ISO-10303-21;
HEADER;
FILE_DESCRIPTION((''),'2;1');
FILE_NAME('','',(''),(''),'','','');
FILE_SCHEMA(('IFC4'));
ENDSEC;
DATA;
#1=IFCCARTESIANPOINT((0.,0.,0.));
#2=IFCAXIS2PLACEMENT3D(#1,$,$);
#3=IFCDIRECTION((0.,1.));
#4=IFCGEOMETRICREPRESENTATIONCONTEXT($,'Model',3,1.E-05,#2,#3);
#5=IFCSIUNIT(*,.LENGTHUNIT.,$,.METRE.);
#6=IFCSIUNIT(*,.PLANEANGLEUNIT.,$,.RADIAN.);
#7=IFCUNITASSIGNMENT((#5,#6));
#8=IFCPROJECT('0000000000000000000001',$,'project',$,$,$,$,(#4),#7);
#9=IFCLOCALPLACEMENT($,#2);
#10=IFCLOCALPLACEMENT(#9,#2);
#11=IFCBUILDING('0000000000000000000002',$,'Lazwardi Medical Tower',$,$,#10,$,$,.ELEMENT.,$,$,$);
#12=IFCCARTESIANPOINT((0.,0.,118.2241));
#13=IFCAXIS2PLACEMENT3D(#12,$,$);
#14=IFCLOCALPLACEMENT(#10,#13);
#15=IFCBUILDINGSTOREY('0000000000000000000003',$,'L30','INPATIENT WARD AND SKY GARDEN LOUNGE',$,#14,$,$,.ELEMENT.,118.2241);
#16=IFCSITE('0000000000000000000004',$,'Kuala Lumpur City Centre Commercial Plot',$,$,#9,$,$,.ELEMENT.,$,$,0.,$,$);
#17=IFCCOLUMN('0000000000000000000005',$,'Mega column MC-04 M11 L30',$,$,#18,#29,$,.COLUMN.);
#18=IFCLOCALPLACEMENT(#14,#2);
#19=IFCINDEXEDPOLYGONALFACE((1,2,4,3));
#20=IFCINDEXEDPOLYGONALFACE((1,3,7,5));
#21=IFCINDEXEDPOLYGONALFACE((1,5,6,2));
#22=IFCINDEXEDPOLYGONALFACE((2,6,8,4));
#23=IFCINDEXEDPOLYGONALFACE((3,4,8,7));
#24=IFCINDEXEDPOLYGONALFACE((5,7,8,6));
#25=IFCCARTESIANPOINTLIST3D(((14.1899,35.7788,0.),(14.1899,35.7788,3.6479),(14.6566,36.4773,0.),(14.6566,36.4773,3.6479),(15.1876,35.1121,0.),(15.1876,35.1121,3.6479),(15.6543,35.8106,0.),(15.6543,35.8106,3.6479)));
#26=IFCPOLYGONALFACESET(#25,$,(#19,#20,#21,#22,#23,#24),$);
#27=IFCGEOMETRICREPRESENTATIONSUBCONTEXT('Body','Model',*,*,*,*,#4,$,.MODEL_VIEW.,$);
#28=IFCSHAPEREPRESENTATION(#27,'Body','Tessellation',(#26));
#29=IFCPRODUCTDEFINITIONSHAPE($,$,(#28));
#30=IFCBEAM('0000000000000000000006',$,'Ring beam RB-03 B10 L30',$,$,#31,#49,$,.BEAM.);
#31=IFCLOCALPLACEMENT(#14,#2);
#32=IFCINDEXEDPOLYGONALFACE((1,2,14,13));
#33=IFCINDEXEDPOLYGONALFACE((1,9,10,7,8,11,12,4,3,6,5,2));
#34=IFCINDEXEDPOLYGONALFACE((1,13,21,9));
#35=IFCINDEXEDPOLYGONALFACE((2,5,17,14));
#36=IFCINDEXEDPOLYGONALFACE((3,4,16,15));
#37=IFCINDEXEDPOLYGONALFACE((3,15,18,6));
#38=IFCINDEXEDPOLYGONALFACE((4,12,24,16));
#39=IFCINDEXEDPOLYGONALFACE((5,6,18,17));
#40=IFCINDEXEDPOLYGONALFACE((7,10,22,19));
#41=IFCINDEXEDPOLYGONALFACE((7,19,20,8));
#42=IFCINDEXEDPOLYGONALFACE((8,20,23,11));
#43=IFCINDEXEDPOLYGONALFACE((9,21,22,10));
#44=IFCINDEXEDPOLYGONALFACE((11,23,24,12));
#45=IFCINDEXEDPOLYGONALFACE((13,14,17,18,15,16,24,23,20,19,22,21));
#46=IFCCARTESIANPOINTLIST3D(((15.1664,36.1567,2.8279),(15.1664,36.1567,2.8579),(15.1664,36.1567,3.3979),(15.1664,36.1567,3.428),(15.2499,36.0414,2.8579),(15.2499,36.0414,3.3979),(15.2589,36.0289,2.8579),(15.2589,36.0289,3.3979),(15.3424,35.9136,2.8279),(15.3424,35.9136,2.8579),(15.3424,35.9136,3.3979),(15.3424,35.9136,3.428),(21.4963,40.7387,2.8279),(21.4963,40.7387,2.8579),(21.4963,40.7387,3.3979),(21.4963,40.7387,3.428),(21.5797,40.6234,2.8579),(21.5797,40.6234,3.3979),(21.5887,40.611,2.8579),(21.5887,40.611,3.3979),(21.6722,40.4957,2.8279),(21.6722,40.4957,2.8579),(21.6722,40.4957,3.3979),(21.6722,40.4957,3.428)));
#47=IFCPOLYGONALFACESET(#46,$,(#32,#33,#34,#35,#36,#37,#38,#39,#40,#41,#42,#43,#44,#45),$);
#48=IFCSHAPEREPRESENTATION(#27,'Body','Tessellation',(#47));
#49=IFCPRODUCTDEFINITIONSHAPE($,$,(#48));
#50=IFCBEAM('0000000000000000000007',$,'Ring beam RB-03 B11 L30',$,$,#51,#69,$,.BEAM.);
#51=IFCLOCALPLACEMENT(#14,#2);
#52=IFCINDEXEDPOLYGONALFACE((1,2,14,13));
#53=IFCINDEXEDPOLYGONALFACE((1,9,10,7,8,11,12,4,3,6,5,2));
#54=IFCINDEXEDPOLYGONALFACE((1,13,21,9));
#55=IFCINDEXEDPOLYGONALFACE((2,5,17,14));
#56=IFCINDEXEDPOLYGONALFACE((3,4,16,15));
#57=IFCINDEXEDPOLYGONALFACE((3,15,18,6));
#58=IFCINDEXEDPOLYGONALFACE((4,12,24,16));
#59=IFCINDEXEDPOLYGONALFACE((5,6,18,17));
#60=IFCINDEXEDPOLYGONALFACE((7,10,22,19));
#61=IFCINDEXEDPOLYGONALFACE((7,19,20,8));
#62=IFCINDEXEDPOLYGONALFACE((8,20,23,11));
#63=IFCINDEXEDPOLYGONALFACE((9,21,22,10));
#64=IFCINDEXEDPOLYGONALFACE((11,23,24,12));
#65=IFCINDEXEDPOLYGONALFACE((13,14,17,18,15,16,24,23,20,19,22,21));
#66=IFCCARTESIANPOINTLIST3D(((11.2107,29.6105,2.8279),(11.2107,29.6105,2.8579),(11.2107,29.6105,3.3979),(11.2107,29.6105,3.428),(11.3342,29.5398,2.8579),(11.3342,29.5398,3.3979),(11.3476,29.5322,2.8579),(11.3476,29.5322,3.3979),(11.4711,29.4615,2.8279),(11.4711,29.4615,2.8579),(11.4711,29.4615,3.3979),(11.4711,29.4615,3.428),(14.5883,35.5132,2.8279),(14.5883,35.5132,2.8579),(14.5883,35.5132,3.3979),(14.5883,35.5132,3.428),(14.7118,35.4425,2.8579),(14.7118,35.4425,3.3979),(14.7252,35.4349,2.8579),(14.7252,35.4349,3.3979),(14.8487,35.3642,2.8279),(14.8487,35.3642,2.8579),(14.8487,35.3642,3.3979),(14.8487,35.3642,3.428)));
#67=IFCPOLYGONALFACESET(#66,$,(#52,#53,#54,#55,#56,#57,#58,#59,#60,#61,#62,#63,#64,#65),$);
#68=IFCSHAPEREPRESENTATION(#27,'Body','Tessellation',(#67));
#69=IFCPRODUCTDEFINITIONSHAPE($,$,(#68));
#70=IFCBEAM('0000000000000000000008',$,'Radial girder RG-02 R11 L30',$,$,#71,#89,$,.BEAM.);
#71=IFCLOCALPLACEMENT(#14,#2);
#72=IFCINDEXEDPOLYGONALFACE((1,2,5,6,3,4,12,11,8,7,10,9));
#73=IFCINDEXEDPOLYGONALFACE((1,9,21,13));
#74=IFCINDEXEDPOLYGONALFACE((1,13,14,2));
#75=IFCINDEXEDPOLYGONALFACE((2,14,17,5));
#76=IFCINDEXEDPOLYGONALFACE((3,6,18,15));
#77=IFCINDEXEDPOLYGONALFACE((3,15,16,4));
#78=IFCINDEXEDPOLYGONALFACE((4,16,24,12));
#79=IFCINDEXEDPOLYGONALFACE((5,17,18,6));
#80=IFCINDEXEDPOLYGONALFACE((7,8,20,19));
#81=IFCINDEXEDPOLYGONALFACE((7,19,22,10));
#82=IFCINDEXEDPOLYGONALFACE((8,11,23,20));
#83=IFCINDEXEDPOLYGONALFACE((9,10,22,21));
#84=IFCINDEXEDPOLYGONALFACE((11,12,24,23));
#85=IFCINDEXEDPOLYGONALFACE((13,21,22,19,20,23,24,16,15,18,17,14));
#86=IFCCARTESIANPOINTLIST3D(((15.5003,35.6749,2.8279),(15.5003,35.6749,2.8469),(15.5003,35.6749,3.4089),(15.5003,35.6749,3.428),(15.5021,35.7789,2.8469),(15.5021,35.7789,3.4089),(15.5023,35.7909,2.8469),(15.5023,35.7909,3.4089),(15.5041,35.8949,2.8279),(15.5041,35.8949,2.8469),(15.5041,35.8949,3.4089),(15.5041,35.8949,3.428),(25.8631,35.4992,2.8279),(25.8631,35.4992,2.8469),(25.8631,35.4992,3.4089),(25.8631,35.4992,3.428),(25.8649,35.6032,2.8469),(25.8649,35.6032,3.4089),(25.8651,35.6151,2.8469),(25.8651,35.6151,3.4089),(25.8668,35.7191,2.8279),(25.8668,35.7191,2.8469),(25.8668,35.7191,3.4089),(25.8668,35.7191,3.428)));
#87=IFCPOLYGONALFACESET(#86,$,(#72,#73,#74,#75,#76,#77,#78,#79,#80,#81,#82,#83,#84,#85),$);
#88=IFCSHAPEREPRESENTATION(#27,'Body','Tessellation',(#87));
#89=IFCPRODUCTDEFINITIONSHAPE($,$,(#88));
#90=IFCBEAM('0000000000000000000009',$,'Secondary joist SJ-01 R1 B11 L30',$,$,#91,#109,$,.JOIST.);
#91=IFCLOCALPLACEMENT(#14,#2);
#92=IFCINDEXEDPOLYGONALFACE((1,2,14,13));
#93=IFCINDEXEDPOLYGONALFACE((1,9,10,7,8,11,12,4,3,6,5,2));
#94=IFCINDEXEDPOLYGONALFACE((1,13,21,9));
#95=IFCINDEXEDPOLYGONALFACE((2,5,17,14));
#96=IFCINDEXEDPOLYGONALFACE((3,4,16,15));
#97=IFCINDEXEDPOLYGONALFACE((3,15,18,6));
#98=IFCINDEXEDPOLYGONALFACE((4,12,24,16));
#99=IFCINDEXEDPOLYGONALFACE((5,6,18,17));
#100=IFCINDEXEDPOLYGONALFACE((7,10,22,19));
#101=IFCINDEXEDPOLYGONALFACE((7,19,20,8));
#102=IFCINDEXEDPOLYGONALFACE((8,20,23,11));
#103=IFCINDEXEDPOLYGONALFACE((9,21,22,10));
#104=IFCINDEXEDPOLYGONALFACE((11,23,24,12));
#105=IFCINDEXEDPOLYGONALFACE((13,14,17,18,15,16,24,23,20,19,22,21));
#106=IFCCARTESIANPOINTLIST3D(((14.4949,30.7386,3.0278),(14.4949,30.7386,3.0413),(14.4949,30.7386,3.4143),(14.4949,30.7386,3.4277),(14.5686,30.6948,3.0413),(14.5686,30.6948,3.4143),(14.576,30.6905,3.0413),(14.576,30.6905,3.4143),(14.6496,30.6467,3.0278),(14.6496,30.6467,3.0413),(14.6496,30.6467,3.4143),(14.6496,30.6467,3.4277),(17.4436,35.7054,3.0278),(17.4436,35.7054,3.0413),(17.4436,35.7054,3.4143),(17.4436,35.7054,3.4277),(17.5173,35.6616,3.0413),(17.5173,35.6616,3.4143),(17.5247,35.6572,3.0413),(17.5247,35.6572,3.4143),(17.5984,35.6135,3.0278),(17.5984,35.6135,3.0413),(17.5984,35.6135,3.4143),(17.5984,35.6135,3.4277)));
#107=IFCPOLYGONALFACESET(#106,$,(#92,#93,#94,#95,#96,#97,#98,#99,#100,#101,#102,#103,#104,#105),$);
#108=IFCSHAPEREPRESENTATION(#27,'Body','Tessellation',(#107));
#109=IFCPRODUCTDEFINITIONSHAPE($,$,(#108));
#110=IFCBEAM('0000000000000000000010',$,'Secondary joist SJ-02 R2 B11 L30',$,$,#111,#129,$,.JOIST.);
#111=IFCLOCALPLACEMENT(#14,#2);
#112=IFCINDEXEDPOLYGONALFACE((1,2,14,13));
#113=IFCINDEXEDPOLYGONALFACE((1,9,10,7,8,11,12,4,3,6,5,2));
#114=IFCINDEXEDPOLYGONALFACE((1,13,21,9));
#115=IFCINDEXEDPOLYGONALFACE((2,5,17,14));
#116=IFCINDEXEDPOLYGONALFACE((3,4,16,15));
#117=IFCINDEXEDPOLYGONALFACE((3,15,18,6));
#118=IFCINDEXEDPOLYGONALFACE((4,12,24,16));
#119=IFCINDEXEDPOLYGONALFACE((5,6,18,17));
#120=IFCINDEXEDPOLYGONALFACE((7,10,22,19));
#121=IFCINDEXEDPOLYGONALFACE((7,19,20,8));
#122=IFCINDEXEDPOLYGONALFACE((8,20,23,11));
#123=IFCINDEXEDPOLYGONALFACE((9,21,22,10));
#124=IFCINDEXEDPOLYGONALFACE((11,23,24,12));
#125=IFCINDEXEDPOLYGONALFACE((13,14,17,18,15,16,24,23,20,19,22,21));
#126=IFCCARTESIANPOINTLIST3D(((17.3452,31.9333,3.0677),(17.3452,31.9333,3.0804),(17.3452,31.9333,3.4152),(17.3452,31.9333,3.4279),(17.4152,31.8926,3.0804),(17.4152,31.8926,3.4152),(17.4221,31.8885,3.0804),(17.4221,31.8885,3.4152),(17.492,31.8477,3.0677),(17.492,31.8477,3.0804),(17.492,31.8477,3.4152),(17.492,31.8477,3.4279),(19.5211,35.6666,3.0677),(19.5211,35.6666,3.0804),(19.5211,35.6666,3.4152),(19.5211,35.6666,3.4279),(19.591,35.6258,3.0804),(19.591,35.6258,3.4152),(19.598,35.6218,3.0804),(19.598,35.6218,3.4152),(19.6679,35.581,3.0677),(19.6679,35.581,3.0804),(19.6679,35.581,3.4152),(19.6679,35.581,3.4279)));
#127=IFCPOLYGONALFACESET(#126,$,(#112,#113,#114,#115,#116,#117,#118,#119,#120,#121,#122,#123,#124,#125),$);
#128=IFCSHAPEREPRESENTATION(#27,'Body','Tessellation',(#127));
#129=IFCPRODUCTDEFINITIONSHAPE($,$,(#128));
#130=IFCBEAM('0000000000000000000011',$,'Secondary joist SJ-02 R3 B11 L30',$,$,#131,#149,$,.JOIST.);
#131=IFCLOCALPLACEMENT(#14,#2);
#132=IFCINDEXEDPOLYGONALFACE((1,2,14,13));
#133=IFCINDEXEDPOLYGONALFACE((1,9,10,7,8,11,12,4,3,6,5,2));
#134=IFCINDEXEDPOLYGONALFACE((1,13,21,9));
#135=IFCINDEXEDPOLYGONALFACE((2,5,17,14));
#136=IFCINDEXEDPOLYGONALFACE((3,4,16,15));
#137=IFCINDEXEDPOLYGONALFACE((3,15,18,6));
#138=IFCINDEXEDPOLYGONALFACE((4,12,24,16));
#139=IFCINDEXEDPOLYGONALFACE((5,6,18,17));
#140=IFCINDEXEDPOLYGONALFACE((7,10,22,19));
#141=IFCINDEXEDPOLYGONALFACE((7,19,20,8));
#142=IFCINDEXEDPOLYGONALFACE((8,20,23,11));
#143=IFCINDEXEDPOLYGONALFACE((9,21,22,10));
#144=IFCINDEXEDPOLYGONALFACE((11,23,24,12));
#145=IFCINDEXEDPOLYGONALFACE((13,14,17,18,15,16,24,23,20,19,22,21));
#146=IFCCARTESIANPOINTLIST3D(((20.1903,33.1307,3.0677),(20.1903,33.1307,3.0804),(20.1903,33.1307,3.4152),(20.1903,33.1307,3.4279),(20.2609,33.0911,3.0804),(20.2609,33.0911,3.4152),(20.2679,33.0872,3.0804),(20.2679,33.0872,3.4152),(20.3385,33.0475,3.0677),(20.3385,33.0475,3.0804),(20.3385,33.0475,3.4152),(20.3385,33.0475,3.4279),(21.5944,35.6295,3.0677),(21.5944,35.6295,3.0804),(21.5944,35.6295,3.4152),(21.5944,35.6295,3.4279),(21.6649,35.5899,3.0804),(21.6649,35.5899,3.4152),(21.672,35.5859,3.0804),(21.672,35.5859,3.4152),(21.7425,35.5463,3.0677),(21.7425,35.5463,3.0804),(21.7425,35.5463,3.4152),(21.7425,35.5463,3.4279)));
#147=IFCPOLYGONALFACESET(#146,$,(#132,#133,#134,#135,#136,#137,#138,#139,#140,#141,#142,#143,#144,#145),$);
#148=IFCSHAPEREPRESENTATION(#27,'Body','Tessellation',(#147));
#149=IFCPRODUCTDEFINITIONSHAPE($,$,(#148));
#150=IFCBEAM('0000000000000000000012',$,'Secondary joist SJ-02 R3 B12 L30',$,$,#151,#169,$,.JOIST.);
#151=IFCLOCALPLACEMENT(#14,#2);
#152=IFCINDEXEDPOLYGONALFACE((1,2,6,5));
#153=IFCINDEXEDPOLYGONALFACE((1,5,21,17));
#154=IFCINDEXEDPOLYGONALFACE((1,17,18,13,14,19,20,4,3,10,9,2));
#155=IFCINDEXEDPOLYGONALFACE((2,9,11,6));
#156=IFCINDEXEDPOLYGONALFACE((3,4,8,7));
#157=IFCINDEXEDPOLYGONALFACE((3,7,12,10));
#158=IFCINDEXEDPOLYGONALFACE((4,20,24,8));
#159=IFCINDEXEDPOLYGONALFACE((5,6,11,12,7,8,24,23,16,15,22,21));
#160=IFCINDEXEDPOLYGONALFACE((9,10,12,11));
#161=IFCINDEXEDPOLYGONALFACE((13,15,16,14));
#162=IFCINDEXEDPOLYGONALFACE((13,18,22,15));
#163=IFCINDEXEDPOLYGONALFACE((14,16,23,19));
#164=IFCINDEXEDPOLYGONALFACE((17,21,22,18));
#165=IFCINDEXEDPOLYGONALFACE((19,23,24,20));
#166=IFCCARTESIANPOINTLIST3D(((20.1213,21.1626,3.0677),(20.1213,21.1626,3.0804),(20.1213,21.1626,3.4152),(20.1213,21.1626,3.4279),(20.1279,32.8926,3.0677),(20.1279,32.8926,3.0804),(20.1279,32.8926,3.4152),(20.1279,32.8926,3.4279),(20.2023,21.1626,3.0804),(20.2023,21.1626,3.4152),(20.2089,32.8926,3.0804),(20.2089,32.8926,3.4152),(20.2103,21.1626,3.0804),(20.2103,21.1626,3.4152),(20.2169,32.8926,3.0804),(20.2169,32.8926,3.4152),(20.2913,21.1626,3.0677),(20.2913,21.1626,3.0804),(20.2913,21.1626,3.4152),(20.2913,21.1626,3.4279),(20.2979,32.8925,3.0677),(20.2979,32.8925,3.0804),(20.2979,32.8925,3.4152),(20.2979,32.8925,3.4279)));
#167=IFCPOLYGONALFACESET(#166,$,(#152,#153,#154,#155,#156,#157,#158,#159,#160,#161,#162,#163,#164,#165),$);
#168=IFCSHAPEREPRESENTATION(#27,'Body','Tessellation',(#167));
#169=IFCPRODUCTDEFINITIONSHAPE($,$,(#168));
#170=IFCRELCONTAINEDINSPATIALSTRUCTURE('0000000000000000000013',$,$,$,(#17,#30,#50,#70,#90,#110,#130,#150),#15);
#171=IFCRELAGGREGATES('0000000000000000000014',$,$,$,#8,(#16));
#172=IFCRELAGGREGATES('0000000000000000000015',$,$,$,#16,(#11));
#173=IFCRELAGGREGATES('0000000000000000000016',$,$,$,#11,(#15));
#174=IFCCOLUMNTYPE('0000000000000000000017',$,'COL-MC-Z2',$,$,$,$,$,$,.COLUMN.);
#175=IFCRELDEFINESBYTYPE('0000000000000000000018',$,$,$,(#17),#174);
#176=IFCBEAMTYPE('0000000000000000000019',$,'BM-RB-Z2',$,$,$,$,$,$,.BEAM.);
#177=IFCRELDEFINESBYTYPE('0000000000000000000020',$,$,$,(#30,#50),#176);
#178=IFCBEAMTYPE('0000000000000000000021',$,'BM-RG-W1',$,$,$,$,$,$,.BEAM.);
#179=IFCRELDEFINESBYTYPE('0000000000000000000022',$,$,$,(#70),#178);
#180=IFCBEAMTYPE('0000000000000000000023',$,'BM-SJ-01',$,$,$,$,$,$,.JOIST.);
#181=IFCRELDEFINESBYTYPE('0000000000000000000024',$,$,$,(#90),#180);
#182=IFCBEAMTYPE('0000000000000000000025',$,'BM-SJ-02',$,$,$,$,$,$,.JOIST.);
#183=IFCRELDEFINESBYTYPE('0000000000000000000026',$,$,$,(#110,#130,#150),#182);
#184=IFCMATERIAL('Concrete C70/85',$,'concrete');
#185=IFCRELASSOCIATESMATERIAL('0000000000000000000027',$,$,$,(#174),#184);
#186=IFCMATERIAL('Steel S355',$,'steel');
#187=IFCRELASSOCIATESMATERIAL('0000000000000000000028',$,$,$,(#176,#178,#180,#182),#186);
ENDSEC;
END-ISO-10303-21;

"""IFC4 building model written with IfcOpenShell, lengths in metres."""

from ifc_helpers import new_model, si_unit, direction, frame, origin, origin_2d, place, context, subcontext, project, spatial, rectangle, i_section, extrude, material, material_profile, profile_set, type_object, element, save


model = new_model("IFC4")

# Units and contexts
model_context = context("Model", 3, precision=1e-05, world=origin(), true_north=direction((0.0, 1.0)))
body_context = subcontext(model_context, "Body", "Model", "MODEL_VIEW")
ifc_project = project(units=[si_unit("LENGTHUNIT", "METRE"), si_unit("PLANEANGLEUNIT", "RADIAN")], contexts=[model_context])

# Site, building, storey
site_placement = place(None, origin())
site = spatial("IfcSite", under=ifc_project, at=site_placement, Name="Kuala Lumpur City Centre Commercial Plot", CompositionType="ELEMENT", RefElevation=0.0)
building_placement = place(site_placement, origin())
building = spatial("IfcBuilding", under=site, at=building_placement, Name="Lazwardi Medical Tower", CompositionType="ELEMENT")
storey_placement = place(building_placement, frame((0.0, 0.0, 118.2241)))
storey = spatial("IfcBuildingStorey", under=building, at=storey_placement, Name="L30", Description="INPATIENT WARD AND SKY GARDEN LOUNGE", CompositionType="ELEMENT", Elevation=118.2241)

# Column
ifc_material_1 = material(Name="Concrete C70/85", Category="concrete")
ifc_material_profile_1 = material_profile(ifc_material_1, rectangle(XDim=1.2, YDim=0.8401, at=origin_2d()), Name="CFT-RECT 1200x840")
ifc_profile_set_1 = profile_set([ifc_material_profile_1], Name="Concrete C70/85")
column_type = type_object("IfcColumnType", Name="COL-MC-Z2", PredefinedType="COLUMN", material=ifc_profile_set_1)
column_placement = place(storey_placement, frame((14.9221, 35.7947, 0.0), z_axis=(0.0, 0.0, 1.0), x_axis=(-0.83147, 0.55557, 0.0)))
element("IfcColumn", 1, at=column_placement, inside=storey, type_object=column_type, Name="Mega column MC-04 M11 L30", PredefinedType="COLUMN", context=body_context, shape_type="SweptSolid", body=[
    extrude(rectangle(XDim=1.2, YDim=0.8401, at=origin_2d()), origin(), (0.0, 0.0, 1.0), 3.6479),
])

# Beams
ifc_material_2 = material(Name="Steel S355", Category="steel")
ifc_material_profile_2 = material_profile(ifc_material_2, i_section(OverallWidth=0.3, OverallDepth=0.6001, WebThickness=0.0154, FlangeThickness=0.03, at=origin_2d()), Name="HEB 600")
ifc_profile_set_2 = profile_set([ifc_material_profile_2], Name="Steel S355")
beam_type_1 = type_object("IfcBeamType", Name="BM-RB-Z2", PredefinedType="BEAM", material=ifc_profile_set_2)
beam_1_placement = place(storey_placement, frame((21.5842, 40.6172, 3.1279), z_axis=(-0.810042, -0.586372, 0.0), x_axis=(0.586372, -0.810042, 0.0)))
element("IfcBeam", 2, at=beam_1_placement, inside=storey, type_object=beam_type_1, Name="Ring beam RB-03 B10 L30", PredefinedType="BEAM", context=body_context, shape_type="SweptSolid", body=[
    extrude(i_section(OverallWidth=0.3, OverallDepth=0.6001, WebThickness=0.0154, FlangeThickness=0.03, at=origin_2d()), origin(), (0.0, 0.0, 1.0), 7.8142),
])
beam_2_placement = place(storey_placement, frame((14.7185, 35.4387, 3.1279), z_axis=(-0.496653, -0.867949, 0.0), x_axis=(0.867949, -0.496653, 0.0)))
element("IfcBeam", 3, at=beam_2_placement, inside=storey, type_object=beam_type_1, Name="Ring beam RB-03 B11 L30", PredefinedType="BEAM", context=body_context, shape_type="SweptSolid", body=[
    extrude(i_section(OverallWidth=0.3, OverallDepth=0.6001, WebThickness=0.0154, FlangeThickness=0.03, at=origin_2d()), origin(), (0.0, 0.0, 1.0), 6.8008),
])
ifc_material_profile_3 = material_profile(ifc_material_2, i_section(OverallWidth=0.22, OverallDepth=0.6001, WebThickness=0.012, FlangeThickness=0.019, at=origin_2d()), Name="IPE 600")
ifc_profile_set_3 = profile_set([ifc_material_profile_3], Name="Steel S355")
beam_type_2 = type_object("IfcBeamType", Name="BM-RG-W1", PredefinedType="BEAM", material=ifc_profile_set_3)
beam_3_placement = place(storey_placement, frame((15.5022, 35.7849, 3.1279), z_axis=(0.999856, -0.01696, 0.0), x_axis=(0.01696, 0.999856, 0.0)))
element("IfcBeam", 4, at=beam_3_placement, inside=storey, type_object=beam_type_2, Name="Radial girder RG-02 R11 L30", PredefinedType="BEAM", context=body_context, shape_type="SweptSolid", body=[
    extrude(i_section(OverallWidth=0.22, OverallDepth=0.6001, WebThickness=0.012, FlangeThickness=0.019, at=origin_2d()), origin(), (0.0, 0.0, 1.0), 10.3643),
])
ifc_material_profile_4 = material_profile(ifc_material_2, i_section(OverallWidth=0.1799, OverallDepth=0.3999, WebThickness=0.0085, FlangeThickness=0.0134, at=origin_2d()), Name="IPE 400")
ifc_profile_set_4 = profile_set([ifc_material_profile_4], Name="Steel S355")
beam_type_3 = type_object("IfcBeamType", Name="BM-SJ-01", PredefinedType="JOIST", material=ifc_profile_set_4)
beam_4_placement = place(storey_placement, frame((17.521, 35.6594, 3.2278), z_axis=(-0.5105, -0.859878, 0.0), x_axis=(0.859878, -0.5105, 0.0)))
element("IfcBeam", 5, at=beam_4_placement, inside=storey, type_object=beam_type_3, Name="Secondary joist SJ-01 R1 B11 L30", PredefinedType="JOIST", context=body_context, shape_type="SweptSolid", body=[
    extrude(i_section(OverallWidth=0.1799, OverallDepth=0.3999, WebThickness=0.0085, FlangeThickness=0.0134, at=origin_2d()), origin(), (0.0, 0.0, 1.0), 5.7761),
])
ifc_material_profile_5 = material_profile(ifc_material_2, i_section(OverallWidth=0.1699, OverallDepth=0.3601, WebThickness=0.0081, FlangeThickness=0.0127, at=origin_2d()), Name="IPE 360")
ifc_profile_set_5 = profile_set([ifc_material_profile_5], Name="Steel S355")
beam_type_4 = type_object("IfcBeamType", Name="BM-SJ-02", PredefinedType="JOIST", material=ifc_profile_set_5)
beam_5_placement = place(storey_placement, frame((19.5945, 35.6238, 3.2478), z_axis=(-0.503544, -0.863969, 0.0), x_axis=(0.863969, -0.503544, 0.0)))
element("IfcBeam", 6, at=beam_5_placement, inside=storey, type_object=beam_type_4, Name="Secondary joist SJ-02 R2 B11 L30", PredefinedType="JOIST", context=body_context, shape_type="SweptSolid", body=[
    extrude(i_section(OverallWidth=0.1699, OverallDepth=0.3601, WebThickness=0.0081, FlangeThickness=0.0127, at=origin_2d()), origin(), (0.0, 0.0, 1.0), 4.321),
])
beam_6_placement = place(storey_placement, frame((21.6685, 35.5879, 3.2478), z_axis=(-0.489861, -0.871801, 0.0), x_axis=(0.871801, -0.489861, 0.0)))
element("IfcBeam", 7, at=beam_6_placement, inside=storey, type_object=beam_type_4, Name="Secondary joist SJ-02 R3 B11 L30", PredefinedType="JOIST", context=body_context, shape_type="SweptSolid", body=[
    extrude(i_section(OverallWidth=0.1699, OverallDepth=0.3601, WebThickness=0.0081, FlangeThickness=0.0127, at=origin_2d()), origin(), (0.0, 0.0, 1.0), 2.8662),
])
beam_7_placement = place(storey_placement, frame((20.2129, 32.8926, 3.2478), z_axis=(-0.000562, -1.0, 0.0), x_axis=(1.0, -0.000562, 0.0)))
element("IfcBeam", 8, at=beam_7_placement, inside=storey, type_object=beam_type_4, Name="Secondary joist SJ-02 R3 B12 L30", PredefinedType="JOIST", context=body_context, shape_type="SweptSolid", body=[
    extrude(i_section(OverallWidth=0.1699, OverallDepth=0.3601, WebThickness=0.0081, FlangeThickness=0.0127, at=origin_2d()), origin(), (0.0, 0.0, 1.0), 11.73),
])

save(model, "model.ifc")
